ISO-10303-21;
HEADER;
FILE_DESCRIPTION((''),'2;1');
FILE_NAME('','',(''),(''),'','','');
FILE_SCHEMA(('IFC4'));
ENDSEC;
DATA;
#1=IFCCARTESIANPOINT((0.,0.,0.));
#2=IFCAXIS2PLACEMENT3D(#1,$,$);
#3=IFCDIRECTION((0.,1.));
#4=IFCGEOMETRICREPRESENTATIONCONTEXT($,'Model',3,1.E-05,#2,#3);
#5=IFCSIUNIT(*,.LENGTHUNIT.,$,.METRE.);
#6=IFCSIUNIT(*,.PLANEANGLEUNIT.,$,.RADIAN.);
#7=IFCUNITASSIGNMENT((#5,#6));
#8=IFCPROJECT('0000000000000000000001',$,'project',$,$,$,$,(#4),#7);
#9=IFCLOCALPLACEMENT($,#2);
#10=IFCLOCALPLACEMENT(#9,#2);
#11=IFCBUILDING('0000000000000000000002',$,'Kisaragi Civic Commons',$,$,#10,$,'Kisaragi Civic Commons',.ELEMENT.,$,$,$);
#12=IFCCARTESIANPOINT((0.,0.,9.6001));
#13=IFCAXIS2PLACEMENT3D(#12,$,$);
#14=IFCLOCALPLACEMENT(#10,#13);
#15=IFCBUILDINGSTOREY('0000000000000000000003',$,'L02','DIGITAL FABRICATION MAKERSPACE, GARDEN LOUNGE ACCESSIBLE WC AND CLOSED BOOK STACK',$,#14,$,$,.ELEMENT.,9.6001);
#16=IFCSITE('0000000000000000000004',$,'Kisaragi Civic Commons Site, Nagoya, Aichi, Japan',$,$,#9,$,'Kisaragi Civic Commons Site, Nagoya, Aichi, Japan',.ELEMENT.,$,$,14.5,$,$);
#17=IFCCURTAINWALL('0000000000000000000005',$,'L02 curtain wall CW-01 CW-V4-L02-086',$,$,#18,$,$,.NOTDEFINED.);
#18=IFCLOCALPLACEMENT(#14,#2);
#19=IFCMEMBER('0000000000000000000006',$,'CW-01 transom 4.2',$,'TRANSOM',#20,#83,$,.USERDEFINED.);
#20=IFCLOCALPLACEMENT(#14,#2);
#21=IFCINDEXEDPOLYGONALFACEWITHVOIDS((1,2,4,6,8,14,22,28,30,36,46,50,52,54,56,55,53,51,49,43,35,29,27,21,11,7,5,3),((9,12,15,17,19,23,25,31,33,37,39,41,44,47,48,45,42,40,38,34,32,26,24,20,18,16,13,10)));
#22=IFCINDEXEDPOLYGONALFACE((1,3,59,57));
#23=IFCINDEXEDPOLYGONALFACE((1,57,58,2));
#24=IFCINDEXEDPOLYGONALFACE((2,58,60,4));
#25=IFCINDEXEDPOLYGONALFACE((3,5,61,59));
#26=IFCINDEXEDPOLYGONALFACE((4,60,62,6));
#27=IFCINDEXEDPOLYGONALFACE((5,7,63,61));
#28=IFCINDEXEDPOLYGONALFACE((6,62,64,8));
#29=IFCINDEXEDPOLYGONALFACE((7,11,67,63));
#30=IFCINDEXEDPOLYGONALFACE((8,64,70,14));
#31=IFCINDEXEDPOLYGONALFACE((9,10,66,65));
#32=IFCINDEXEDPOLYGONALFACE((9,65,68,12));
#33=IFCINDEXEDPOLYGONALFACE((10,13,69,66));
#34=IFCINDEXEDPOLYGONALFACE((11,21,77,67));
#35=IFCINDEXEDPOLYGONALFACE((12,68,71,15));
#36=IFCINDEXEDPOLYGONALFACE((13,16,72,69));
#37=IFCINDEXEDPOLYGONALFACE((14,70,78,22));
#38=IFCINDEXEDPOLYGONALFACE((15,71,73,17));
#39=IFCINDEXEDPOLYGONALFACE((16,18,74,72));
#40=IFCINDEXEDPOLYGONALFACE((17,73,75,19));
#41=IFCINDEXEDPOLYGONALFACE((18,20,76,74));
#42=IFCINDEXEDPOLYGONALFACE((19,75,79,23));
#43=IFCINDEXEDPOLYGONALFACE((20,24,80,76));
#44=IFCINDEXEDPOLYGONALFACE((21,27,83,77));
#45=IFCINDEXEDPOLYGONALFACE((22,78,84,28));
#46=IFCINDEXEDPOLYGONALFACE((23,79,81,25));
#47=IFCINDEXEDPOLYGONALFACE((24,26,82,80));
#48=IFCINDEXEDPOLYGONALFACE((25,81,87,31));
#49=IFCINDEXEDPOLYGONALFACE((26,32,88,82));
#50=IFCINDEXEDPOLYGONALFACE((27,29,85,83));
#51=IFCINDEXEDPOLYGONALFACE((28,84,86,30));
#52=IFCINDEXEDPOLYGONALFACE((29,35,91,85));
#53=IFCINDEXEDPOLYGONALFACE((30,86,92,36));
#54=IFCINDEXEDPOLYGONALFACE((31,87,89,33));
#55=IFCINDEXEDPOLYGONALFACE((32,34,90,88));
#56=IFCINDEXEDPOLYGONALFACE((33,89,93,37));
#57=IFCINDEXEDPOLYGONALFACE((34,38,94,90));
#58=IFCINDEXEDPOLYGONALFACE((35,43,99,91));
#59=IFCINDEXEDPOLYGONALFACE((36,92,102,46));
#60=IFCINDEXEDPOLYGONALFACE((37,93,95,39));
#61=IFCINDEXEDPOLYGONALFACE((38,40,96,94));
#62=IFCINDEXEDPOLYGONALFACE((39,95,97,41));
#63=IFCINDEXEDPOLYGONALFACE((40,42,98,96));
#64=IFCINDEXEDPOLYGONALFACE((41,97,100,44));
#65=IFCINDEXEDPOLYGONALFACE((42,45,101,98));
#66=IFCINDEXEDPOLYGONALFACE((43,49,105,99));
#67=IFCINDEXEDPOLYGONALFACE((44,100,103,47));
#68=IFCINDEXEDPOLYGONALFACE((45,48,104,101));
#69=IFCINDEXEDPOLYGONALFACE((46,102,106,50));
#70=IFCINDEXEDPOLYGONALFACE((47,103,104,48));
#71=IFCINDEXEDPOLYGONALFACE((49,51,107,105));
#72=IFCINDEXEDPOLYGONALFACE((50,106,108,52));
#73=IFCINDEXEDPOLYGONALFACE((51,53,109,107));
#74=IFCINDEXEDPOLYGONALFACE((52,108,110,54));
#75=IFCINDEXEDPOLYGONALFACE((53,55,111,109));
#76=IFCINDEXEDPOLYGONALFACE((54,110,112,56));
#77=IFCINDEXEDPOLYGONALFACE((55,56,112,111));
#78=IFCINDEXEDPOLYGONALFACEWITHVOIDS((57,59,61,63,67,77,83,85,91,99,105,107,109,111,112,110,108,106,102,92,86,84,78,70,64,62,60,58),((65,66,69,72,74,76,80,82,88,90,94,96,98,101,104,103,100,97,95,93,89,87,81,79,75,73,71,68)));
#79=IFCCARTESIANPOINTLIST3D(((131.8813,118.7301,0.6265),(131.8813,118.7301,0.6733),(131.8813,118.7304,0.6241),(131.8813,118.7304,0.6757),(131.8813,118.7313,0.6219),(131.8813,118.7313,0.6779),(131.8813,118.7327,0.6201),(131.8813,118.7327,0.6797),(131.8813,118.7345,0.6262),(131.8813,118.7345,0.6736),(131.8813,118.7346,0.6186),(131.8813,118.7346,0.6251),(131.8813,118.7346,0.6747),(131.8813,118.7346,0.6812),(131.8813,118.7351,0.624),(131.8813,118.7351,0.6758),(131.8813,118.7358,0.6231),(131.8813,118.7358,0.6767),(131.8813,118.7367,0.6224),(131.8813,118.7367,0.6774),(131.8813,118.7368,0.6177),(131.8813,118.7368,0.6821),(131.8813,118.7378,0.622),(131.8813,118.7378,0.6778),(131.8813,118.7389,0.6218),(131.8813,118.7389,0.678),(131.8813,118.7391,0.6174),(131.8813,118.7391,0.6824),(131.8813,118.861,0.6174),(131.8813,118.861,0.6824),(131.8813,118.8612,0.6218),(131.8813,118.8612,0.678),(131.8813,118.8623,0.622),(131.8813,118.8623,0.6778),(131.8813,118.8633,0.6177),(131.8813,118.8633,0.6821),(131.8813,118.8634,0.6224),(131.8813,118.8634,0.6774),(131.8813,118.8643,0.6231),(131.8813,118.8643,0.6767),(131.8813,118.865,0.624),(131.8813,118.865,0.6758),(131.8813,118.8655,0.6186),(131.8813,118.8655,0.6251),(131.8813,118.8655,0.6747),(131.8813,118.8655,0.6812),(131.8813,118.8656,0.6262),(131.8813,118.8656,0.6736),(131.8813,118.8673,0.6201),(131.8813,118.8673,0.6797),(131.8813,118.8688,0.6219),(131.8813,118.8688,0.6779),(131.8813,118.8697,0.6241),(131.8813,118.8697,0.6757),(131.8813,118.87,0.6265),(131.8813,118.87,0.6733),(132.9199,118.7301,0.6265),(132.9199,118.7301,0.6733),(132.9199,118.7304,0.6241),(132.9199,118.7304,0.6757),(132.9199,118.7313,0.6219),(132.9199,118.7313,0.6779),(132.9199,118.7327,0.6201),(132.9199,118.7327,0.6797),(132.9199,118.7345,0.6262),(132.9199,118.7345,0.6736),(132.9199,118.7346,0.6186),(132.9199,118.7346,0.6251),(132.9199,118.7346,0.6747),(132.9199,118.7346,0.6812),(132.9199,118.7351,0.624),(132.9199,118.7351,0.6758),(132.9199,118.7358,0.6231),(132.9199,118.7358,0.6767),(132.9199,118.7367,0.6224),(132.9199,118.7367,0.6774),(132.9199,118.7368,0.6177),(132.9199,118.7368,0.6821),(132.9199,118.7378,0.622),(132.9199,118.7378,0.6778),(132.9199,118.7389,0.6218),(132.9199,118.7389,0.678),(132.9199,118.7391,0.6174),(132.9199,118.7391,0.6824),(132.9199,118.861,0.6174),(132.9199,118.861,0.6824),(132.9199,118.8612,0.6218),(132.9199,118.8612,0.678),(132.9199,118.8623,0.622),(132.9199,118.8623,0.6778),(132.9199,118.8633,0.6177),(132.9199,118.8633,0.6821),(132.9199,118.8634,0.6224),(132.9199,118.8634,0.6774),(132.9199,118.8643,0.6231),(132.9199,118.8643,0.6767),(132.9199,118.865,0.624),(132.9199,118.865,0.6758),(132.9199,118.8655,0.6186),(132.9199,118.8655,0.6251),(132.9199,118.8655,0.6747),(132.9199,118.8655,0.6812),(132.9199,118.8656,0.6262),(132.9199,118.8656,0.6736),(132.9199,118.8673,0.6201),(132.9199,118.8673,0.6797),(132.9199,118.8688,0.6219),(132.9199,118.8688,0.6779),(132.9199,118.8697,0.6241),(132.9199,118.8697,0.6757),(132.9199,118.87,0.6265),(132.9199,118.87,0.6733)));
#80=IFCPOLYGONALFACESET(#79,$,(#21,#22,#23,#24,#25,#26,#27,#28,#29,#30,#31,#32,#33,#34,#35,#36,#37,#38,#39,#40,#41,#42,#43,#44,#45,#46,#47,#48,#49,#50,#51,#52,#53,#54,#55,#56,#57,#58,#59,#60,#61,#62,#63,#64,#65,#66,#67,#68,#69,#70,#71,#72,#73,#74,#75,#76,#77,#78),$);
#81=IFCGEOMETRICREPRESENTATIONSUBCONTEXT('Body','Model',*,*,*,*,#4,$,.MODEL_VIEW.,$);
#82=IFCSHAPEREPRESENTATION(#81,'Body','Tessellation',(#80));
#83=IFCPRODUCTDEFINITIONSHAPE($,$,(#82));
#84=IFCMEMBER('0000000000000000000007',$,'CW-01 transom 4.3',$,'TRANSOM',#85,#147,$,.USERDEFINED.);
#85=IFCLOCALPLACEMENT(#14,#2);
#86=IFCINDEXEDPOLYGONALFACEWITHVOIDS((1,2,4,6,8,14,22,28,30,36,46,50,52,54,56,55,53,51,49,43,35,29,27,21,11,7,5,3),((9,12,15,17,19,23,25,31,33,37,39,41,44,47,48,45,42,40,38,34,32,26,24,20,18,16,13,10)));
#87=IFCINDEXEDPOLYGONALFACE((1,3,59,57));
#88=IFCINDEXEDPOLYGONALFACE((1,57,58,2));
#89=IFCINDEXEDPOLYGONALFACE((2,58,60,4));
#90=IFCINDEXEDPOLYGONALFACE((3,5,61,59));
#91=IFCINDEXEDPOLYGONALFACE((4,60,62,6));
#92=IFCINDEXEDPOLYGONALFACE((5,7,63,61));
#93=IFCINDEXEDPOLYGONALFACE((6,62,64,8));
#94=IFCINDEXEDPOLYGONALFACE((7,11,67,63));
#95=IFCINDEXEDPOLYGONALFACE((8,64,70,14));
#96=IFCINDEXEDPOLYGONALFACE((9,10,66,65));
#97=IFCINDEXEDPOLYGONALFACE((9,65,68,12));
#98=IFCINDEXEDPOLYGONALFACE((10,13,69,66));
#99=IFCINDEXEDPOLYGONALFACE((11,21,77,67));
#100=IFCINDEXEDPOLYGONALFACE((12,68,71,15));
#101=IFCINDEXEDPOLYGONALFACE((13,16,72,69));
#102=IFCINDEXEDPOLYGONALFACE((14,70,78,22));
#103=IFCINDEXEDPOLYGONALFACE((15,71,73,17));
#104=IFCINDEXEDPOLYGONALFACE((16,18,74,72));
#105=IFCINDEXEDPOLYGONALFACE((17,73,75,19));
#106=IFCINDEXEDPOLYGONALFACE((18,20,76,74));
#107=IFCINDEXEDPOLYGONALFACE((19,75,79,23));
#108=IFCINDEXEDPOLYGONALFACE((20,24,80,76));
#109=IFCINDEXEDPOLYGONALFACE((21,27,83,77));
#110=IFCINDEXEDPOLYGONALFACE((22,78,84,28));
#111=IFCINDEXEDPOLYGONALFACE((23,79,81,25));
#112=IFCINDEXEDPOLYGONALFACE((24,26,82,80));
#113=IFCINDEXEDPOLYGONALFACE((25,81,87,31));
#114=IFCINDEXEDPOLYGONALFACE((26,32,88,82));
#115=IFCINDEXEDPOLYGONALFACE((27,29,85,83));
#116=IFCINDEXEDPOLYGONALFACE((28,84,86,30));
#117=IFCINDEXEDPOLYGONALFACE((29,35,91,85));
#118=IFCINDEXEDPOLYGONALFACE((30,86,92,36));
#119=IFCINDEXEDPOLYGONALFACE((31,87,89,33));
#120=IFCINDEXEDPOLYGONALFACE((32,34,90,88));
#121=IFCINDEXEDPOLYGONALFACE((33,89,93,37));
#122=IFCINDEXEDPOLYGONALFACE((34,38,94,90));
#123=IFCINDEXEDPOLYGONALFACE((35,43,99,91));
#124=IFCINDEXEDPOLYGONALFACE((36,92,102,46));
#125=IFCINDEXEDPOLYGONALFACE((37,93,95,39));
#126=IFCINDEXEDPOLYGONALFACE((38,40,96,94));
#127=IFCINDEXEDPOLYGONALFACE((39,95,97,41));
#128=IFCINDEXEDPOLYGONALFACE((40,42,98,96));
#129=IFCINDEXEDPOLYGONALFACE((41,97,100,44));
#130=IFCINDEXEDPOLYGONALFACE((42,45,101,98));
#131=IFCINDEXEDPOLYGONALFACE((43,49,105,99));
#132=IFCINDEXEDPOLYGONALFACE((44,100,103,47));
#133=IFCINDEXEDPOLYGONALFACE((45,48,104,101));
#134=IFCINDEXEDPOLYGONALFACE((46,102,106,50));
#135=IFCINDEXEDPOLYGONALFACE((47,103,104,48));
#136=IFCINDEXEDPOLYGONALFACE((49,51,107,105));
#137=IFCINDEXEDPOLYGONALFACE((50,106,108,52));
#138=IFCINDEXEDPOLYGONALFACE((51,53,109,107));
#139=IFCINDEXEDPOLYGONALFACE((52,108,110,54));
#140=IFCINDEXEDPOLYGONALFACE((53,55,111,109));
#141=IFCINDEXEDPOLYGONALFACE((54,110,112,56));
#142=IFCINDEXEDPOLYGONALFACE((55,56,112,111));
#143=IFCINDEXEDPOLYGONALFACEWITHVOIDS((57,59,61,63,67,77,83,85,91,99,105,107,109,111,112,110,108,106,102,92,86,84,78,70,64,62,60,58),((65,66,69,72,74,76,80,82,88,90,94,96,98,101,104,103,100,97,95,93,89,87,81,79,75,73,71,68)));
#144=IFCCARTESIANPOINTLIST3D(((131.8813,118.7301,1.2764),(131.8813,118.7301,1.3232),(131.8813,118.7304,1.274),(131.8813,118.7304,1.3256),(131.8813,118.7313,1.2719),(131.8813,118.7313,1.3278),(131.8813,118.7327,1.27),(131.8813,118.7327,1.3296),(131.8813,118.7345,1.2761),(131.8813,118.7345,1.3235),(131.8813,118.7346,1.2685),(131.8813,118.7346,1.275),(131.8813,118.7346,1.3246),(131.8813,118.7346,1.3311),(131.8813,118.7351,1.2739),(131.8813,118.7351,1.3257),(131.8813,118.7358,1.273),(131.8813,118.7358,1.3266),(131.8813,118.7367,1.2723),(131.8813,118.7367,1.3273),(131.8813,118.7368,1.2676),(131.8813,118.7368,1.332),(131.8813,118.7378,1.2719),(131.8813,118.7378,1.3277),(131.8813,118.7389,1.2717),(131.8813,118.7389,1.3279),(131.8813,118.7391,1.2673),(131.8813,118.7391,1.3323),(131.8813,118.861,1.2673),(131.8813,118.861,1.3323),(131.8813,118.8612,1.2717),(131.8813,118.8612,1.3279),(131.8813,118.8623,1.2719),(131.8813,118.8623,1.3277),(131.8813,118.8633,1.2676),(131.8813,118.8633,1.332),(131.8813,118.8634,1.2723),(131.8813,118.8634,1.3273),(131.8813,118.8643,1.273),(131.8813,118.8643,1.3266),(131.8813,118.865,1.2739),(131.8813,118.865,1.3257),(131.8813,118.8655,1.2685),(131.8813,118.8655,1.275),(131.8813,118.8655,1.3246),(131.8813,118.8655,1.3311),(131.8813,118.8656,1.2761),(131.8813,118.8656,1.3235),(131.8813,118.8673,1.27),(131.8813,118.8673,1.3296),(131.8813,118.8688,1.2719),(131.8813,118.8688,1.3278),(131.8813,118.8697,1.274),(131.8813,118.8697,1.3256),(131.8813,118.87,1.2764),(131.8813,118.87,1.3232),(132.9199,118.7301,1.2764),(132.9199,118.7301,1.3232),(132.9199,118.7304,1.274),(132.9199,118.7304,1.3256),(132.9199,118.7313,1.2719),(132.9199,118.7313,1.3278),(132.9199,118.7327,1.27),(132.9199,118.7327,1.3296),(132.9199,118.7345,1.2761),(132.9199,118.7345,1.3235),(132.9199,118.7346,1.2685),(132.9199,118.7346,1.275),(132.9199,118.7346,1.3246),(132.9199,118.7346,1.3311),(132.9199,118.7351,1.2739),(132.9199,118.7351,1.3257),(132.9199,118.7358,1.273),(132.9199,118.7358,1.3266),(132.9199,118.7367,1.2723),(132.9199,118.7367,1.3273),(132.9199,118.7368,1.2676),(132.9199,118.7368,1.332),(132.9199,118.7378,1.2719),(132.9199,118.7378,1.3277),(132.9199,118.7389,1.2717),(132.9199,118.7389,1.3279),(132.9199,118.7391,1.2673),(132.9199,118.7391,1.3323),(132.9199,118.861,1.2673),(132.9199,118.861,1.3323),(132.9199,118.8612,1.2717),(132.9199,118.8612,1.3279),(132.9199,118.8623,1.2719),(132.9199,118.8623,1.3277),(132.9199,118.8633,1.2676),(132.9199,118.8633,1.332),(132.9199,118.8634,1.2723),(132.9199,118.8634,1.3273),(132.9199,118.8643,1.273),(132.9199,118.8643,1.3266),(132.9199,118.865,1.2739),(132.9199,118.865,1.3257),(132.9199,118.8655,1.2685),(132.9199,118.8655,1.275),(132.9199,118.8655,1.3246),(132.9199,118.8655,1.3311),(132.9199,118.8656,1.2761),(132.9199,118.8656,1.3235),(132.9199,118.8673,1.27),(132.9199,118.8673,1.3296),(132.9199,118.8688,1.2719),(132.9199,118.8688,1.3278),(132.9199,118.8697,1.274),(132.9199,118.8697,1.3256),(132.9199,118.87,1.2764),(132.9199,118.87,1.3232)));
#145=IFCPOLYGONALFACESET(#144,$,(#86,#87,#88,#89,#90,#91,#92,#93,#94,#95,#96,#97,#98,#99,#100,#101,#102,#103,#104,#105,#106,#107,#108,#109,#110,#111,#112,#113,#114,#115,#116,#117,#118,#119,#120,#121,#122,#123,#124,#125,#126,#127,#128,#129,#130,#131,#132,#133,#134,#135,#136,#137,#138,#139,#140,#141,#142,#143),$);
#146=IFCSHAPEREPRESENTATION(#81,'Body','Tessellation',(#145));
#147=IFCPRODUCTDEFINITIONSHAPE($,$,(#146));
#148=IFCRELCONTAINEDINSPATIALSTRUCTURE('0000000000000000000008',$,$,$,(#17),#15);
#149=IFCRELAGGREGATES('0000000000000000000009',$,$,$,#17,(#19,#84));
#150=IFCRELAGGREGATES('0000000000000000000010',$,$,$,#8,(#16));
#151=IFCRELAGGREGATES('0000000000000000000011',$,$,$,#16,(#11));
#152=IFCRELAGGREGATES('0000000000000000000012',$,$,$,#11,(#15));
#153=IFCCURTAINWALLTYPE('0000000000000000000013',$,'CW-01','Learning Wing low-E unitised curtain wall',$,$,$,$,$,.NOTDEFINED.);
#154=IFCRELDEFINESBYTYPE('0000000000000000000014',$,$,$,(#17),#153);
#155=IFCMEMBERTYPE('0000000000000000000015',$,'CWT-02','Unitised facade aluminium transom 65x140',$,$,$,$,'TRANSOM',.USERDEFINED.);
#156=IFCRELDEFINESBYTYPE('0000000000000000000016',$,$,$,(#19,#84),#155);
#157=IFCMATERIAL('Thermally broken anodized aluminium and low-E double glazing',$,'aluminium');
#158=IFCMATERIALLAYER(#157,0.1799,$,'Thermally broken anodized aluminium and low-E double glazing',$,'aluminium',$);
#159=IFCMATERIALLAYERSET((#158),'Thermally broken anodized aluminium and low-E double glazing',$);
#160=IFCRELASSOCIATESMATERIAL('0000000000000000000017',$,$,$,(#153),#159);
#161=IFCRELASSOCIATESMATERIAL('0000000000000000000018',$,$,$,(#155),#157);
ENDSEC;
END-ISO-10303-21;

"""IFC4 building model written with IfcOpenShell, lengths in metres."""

from ifc_helpers import new_model, si_unit, direction, frame, origin, origin_2d, place, context, subcontext, project, spatial, hollow_rectangle, extrude, material, layer, layer_set, material_profile, profile_set, type_object, element, aggregate, save


model = new_model("IFC4")

# Units and contexts
model_context = context("Model", 3, precision=1e-05, world=origin(), true_north=direction((0.0, 1.0)))
body_context = subcontext(model_context, "Body", "Model", "MODEL_VIEW")
ifc_project = project(units=[si_unit("LENGTHUNIT", "METRE"), si_unit("PLANEANGLEUNIT", "RADIAN")], contexts=[model_context])

# Site, building, storey
site_placement = place(None, origin())
site = spatial("IfcSite", under=ifc_project, at=site_placement, Name="Kisaragi Civic Commons Site, Nagoya, Aichi, Japan", LongName="Kisaragi Civic Commons Site, Nagoya, Aichi, Japan", CompositionType="ELEMENT", RefElevation=14.5)
building_placement = place(site_placement, origin())
building = spatial("IfcBuilding", under=site, at=building_placement, Name="Kisaragi Civic Commons", LongName="Kisaragi Civic Commons", CompositionType="ELEMENT")
storey_placement = place(building_placement, frame((0.0, 0.0, 9.6001)))
storey = spatial("IfcBuildingStorey", under=building, at=storey_placement, Name="L02", Description="DIGITAL FABRICATION MAKERSPACE, GARDEN LOUNGE ACCESSIBLE WC AND CLOSED BOOK STACK", CompositionType="ELEMENT", Elevation=9.6001)

# Curtain wall
ifc_material_1 = material(Name="Thermally broken anodized aluminium and low-E double glazing", Category="aluminium")
ifc_layer_1 = layer(ifc_material_1, 0.1799, Name="Thermally broken anodized aluminium and low-E double glazing", Category="aluminium")
ifc_layer_set_1 = layer_set([ifc_layer_1], Name="Thermally broken anodized aluminium and low-E double glazing")
curtain_wall_type = type_object("IfcCurtainWallType", Name="CW-01", Description="Learning Wing low-E unitised curtain wall", PredefinedType="NOTDEFINED", material=ifc_layer_set_1)
curtain_wall_1_placement = place(storey_placement, origin())
curtain_wall_1 = element("IfcCurtainWall", 1, at=curtain_wall_1_placement, inside=storey, type_object=curtain_wall_type, Name="L02 curtain wall CW-01 CW-V4-L02-086", PredefinedType="NOTDEFINED")

# Members
ifc_material_profile_1 = material_profile(ifc_material_1, hollow_rectangle(XDim=0.1399, YDim=0.0649, WallThickness=0.0044, InnerFilletRadius=0.0044, OuterFilletRadius=0.009, at=origin_2d()), Name="CWT-65x140x4.5", Category="aluminium")
ifc_profile_set_1 = profile_set([ifc_material_profile_1], Name="Thermally broken anodized aluminium and low-E double glazing")
member_type_1 = type_object("IfcMemberType", Name="CWT-02", Description="Unitised facade aluminium transom 65x140", ElementType="TRANSOM", PredefinedType="USERDEFINED", material=ifc_profile_set_1)
member_1_placement = place(storey_placement, frame((131.8813, 118.8, 0.6499), z_axis=(1.0, 0.0, 0.0), x_axis=(0.0, 1.0, 0.0)))
member_1 = element("IfcMember", 2, at=member_1_placement, type_object=member_type_1, Name="CW-01 transom 4.2", ObjectType="TRANSOM", PredefinedType="USERDEFINED", context=body_context, shape_type="SweptSolid", body=[
    extrude(hollow_rectangle(XDim=0.1399, YDim=0.0649, WallThickness=0.0044, InnerFilletRadius=0.0044, OuterFilletRadius=0.009, at=origin_2d()), origin(), (0.0, 0.0, 1.0), 1.0386),
])
member_2_placement = place(storey_placement, frame((131.8813, 118.8, 1.2998), z_axis=(1.0, 0.0, 0.0), x_axis=(0.0, 1.0, 0.0)))
member_2 = element("IfcMember", 3, at=member_2_placement, type_object=member_type_1, Name="CW-01 transom 4.3", ObjectType="TRANSOM", PredefinedType="USERDEFINED", context=body_context, shape_type="SweptSolid", body=[
    extrude(hollow_rectangle(XDim=0.1399, YDim=0.0649, WallThickness=0.0044, InnerFilletRadius=0.0044, OuterFilletRadius=0.009, at=origin_2d()), origin(), (0.0, 0.0, 1.0), 1.0386),
])

aggregate(curtain_wall_1, [member_1, member_2])

save(model, "model.ifc")
